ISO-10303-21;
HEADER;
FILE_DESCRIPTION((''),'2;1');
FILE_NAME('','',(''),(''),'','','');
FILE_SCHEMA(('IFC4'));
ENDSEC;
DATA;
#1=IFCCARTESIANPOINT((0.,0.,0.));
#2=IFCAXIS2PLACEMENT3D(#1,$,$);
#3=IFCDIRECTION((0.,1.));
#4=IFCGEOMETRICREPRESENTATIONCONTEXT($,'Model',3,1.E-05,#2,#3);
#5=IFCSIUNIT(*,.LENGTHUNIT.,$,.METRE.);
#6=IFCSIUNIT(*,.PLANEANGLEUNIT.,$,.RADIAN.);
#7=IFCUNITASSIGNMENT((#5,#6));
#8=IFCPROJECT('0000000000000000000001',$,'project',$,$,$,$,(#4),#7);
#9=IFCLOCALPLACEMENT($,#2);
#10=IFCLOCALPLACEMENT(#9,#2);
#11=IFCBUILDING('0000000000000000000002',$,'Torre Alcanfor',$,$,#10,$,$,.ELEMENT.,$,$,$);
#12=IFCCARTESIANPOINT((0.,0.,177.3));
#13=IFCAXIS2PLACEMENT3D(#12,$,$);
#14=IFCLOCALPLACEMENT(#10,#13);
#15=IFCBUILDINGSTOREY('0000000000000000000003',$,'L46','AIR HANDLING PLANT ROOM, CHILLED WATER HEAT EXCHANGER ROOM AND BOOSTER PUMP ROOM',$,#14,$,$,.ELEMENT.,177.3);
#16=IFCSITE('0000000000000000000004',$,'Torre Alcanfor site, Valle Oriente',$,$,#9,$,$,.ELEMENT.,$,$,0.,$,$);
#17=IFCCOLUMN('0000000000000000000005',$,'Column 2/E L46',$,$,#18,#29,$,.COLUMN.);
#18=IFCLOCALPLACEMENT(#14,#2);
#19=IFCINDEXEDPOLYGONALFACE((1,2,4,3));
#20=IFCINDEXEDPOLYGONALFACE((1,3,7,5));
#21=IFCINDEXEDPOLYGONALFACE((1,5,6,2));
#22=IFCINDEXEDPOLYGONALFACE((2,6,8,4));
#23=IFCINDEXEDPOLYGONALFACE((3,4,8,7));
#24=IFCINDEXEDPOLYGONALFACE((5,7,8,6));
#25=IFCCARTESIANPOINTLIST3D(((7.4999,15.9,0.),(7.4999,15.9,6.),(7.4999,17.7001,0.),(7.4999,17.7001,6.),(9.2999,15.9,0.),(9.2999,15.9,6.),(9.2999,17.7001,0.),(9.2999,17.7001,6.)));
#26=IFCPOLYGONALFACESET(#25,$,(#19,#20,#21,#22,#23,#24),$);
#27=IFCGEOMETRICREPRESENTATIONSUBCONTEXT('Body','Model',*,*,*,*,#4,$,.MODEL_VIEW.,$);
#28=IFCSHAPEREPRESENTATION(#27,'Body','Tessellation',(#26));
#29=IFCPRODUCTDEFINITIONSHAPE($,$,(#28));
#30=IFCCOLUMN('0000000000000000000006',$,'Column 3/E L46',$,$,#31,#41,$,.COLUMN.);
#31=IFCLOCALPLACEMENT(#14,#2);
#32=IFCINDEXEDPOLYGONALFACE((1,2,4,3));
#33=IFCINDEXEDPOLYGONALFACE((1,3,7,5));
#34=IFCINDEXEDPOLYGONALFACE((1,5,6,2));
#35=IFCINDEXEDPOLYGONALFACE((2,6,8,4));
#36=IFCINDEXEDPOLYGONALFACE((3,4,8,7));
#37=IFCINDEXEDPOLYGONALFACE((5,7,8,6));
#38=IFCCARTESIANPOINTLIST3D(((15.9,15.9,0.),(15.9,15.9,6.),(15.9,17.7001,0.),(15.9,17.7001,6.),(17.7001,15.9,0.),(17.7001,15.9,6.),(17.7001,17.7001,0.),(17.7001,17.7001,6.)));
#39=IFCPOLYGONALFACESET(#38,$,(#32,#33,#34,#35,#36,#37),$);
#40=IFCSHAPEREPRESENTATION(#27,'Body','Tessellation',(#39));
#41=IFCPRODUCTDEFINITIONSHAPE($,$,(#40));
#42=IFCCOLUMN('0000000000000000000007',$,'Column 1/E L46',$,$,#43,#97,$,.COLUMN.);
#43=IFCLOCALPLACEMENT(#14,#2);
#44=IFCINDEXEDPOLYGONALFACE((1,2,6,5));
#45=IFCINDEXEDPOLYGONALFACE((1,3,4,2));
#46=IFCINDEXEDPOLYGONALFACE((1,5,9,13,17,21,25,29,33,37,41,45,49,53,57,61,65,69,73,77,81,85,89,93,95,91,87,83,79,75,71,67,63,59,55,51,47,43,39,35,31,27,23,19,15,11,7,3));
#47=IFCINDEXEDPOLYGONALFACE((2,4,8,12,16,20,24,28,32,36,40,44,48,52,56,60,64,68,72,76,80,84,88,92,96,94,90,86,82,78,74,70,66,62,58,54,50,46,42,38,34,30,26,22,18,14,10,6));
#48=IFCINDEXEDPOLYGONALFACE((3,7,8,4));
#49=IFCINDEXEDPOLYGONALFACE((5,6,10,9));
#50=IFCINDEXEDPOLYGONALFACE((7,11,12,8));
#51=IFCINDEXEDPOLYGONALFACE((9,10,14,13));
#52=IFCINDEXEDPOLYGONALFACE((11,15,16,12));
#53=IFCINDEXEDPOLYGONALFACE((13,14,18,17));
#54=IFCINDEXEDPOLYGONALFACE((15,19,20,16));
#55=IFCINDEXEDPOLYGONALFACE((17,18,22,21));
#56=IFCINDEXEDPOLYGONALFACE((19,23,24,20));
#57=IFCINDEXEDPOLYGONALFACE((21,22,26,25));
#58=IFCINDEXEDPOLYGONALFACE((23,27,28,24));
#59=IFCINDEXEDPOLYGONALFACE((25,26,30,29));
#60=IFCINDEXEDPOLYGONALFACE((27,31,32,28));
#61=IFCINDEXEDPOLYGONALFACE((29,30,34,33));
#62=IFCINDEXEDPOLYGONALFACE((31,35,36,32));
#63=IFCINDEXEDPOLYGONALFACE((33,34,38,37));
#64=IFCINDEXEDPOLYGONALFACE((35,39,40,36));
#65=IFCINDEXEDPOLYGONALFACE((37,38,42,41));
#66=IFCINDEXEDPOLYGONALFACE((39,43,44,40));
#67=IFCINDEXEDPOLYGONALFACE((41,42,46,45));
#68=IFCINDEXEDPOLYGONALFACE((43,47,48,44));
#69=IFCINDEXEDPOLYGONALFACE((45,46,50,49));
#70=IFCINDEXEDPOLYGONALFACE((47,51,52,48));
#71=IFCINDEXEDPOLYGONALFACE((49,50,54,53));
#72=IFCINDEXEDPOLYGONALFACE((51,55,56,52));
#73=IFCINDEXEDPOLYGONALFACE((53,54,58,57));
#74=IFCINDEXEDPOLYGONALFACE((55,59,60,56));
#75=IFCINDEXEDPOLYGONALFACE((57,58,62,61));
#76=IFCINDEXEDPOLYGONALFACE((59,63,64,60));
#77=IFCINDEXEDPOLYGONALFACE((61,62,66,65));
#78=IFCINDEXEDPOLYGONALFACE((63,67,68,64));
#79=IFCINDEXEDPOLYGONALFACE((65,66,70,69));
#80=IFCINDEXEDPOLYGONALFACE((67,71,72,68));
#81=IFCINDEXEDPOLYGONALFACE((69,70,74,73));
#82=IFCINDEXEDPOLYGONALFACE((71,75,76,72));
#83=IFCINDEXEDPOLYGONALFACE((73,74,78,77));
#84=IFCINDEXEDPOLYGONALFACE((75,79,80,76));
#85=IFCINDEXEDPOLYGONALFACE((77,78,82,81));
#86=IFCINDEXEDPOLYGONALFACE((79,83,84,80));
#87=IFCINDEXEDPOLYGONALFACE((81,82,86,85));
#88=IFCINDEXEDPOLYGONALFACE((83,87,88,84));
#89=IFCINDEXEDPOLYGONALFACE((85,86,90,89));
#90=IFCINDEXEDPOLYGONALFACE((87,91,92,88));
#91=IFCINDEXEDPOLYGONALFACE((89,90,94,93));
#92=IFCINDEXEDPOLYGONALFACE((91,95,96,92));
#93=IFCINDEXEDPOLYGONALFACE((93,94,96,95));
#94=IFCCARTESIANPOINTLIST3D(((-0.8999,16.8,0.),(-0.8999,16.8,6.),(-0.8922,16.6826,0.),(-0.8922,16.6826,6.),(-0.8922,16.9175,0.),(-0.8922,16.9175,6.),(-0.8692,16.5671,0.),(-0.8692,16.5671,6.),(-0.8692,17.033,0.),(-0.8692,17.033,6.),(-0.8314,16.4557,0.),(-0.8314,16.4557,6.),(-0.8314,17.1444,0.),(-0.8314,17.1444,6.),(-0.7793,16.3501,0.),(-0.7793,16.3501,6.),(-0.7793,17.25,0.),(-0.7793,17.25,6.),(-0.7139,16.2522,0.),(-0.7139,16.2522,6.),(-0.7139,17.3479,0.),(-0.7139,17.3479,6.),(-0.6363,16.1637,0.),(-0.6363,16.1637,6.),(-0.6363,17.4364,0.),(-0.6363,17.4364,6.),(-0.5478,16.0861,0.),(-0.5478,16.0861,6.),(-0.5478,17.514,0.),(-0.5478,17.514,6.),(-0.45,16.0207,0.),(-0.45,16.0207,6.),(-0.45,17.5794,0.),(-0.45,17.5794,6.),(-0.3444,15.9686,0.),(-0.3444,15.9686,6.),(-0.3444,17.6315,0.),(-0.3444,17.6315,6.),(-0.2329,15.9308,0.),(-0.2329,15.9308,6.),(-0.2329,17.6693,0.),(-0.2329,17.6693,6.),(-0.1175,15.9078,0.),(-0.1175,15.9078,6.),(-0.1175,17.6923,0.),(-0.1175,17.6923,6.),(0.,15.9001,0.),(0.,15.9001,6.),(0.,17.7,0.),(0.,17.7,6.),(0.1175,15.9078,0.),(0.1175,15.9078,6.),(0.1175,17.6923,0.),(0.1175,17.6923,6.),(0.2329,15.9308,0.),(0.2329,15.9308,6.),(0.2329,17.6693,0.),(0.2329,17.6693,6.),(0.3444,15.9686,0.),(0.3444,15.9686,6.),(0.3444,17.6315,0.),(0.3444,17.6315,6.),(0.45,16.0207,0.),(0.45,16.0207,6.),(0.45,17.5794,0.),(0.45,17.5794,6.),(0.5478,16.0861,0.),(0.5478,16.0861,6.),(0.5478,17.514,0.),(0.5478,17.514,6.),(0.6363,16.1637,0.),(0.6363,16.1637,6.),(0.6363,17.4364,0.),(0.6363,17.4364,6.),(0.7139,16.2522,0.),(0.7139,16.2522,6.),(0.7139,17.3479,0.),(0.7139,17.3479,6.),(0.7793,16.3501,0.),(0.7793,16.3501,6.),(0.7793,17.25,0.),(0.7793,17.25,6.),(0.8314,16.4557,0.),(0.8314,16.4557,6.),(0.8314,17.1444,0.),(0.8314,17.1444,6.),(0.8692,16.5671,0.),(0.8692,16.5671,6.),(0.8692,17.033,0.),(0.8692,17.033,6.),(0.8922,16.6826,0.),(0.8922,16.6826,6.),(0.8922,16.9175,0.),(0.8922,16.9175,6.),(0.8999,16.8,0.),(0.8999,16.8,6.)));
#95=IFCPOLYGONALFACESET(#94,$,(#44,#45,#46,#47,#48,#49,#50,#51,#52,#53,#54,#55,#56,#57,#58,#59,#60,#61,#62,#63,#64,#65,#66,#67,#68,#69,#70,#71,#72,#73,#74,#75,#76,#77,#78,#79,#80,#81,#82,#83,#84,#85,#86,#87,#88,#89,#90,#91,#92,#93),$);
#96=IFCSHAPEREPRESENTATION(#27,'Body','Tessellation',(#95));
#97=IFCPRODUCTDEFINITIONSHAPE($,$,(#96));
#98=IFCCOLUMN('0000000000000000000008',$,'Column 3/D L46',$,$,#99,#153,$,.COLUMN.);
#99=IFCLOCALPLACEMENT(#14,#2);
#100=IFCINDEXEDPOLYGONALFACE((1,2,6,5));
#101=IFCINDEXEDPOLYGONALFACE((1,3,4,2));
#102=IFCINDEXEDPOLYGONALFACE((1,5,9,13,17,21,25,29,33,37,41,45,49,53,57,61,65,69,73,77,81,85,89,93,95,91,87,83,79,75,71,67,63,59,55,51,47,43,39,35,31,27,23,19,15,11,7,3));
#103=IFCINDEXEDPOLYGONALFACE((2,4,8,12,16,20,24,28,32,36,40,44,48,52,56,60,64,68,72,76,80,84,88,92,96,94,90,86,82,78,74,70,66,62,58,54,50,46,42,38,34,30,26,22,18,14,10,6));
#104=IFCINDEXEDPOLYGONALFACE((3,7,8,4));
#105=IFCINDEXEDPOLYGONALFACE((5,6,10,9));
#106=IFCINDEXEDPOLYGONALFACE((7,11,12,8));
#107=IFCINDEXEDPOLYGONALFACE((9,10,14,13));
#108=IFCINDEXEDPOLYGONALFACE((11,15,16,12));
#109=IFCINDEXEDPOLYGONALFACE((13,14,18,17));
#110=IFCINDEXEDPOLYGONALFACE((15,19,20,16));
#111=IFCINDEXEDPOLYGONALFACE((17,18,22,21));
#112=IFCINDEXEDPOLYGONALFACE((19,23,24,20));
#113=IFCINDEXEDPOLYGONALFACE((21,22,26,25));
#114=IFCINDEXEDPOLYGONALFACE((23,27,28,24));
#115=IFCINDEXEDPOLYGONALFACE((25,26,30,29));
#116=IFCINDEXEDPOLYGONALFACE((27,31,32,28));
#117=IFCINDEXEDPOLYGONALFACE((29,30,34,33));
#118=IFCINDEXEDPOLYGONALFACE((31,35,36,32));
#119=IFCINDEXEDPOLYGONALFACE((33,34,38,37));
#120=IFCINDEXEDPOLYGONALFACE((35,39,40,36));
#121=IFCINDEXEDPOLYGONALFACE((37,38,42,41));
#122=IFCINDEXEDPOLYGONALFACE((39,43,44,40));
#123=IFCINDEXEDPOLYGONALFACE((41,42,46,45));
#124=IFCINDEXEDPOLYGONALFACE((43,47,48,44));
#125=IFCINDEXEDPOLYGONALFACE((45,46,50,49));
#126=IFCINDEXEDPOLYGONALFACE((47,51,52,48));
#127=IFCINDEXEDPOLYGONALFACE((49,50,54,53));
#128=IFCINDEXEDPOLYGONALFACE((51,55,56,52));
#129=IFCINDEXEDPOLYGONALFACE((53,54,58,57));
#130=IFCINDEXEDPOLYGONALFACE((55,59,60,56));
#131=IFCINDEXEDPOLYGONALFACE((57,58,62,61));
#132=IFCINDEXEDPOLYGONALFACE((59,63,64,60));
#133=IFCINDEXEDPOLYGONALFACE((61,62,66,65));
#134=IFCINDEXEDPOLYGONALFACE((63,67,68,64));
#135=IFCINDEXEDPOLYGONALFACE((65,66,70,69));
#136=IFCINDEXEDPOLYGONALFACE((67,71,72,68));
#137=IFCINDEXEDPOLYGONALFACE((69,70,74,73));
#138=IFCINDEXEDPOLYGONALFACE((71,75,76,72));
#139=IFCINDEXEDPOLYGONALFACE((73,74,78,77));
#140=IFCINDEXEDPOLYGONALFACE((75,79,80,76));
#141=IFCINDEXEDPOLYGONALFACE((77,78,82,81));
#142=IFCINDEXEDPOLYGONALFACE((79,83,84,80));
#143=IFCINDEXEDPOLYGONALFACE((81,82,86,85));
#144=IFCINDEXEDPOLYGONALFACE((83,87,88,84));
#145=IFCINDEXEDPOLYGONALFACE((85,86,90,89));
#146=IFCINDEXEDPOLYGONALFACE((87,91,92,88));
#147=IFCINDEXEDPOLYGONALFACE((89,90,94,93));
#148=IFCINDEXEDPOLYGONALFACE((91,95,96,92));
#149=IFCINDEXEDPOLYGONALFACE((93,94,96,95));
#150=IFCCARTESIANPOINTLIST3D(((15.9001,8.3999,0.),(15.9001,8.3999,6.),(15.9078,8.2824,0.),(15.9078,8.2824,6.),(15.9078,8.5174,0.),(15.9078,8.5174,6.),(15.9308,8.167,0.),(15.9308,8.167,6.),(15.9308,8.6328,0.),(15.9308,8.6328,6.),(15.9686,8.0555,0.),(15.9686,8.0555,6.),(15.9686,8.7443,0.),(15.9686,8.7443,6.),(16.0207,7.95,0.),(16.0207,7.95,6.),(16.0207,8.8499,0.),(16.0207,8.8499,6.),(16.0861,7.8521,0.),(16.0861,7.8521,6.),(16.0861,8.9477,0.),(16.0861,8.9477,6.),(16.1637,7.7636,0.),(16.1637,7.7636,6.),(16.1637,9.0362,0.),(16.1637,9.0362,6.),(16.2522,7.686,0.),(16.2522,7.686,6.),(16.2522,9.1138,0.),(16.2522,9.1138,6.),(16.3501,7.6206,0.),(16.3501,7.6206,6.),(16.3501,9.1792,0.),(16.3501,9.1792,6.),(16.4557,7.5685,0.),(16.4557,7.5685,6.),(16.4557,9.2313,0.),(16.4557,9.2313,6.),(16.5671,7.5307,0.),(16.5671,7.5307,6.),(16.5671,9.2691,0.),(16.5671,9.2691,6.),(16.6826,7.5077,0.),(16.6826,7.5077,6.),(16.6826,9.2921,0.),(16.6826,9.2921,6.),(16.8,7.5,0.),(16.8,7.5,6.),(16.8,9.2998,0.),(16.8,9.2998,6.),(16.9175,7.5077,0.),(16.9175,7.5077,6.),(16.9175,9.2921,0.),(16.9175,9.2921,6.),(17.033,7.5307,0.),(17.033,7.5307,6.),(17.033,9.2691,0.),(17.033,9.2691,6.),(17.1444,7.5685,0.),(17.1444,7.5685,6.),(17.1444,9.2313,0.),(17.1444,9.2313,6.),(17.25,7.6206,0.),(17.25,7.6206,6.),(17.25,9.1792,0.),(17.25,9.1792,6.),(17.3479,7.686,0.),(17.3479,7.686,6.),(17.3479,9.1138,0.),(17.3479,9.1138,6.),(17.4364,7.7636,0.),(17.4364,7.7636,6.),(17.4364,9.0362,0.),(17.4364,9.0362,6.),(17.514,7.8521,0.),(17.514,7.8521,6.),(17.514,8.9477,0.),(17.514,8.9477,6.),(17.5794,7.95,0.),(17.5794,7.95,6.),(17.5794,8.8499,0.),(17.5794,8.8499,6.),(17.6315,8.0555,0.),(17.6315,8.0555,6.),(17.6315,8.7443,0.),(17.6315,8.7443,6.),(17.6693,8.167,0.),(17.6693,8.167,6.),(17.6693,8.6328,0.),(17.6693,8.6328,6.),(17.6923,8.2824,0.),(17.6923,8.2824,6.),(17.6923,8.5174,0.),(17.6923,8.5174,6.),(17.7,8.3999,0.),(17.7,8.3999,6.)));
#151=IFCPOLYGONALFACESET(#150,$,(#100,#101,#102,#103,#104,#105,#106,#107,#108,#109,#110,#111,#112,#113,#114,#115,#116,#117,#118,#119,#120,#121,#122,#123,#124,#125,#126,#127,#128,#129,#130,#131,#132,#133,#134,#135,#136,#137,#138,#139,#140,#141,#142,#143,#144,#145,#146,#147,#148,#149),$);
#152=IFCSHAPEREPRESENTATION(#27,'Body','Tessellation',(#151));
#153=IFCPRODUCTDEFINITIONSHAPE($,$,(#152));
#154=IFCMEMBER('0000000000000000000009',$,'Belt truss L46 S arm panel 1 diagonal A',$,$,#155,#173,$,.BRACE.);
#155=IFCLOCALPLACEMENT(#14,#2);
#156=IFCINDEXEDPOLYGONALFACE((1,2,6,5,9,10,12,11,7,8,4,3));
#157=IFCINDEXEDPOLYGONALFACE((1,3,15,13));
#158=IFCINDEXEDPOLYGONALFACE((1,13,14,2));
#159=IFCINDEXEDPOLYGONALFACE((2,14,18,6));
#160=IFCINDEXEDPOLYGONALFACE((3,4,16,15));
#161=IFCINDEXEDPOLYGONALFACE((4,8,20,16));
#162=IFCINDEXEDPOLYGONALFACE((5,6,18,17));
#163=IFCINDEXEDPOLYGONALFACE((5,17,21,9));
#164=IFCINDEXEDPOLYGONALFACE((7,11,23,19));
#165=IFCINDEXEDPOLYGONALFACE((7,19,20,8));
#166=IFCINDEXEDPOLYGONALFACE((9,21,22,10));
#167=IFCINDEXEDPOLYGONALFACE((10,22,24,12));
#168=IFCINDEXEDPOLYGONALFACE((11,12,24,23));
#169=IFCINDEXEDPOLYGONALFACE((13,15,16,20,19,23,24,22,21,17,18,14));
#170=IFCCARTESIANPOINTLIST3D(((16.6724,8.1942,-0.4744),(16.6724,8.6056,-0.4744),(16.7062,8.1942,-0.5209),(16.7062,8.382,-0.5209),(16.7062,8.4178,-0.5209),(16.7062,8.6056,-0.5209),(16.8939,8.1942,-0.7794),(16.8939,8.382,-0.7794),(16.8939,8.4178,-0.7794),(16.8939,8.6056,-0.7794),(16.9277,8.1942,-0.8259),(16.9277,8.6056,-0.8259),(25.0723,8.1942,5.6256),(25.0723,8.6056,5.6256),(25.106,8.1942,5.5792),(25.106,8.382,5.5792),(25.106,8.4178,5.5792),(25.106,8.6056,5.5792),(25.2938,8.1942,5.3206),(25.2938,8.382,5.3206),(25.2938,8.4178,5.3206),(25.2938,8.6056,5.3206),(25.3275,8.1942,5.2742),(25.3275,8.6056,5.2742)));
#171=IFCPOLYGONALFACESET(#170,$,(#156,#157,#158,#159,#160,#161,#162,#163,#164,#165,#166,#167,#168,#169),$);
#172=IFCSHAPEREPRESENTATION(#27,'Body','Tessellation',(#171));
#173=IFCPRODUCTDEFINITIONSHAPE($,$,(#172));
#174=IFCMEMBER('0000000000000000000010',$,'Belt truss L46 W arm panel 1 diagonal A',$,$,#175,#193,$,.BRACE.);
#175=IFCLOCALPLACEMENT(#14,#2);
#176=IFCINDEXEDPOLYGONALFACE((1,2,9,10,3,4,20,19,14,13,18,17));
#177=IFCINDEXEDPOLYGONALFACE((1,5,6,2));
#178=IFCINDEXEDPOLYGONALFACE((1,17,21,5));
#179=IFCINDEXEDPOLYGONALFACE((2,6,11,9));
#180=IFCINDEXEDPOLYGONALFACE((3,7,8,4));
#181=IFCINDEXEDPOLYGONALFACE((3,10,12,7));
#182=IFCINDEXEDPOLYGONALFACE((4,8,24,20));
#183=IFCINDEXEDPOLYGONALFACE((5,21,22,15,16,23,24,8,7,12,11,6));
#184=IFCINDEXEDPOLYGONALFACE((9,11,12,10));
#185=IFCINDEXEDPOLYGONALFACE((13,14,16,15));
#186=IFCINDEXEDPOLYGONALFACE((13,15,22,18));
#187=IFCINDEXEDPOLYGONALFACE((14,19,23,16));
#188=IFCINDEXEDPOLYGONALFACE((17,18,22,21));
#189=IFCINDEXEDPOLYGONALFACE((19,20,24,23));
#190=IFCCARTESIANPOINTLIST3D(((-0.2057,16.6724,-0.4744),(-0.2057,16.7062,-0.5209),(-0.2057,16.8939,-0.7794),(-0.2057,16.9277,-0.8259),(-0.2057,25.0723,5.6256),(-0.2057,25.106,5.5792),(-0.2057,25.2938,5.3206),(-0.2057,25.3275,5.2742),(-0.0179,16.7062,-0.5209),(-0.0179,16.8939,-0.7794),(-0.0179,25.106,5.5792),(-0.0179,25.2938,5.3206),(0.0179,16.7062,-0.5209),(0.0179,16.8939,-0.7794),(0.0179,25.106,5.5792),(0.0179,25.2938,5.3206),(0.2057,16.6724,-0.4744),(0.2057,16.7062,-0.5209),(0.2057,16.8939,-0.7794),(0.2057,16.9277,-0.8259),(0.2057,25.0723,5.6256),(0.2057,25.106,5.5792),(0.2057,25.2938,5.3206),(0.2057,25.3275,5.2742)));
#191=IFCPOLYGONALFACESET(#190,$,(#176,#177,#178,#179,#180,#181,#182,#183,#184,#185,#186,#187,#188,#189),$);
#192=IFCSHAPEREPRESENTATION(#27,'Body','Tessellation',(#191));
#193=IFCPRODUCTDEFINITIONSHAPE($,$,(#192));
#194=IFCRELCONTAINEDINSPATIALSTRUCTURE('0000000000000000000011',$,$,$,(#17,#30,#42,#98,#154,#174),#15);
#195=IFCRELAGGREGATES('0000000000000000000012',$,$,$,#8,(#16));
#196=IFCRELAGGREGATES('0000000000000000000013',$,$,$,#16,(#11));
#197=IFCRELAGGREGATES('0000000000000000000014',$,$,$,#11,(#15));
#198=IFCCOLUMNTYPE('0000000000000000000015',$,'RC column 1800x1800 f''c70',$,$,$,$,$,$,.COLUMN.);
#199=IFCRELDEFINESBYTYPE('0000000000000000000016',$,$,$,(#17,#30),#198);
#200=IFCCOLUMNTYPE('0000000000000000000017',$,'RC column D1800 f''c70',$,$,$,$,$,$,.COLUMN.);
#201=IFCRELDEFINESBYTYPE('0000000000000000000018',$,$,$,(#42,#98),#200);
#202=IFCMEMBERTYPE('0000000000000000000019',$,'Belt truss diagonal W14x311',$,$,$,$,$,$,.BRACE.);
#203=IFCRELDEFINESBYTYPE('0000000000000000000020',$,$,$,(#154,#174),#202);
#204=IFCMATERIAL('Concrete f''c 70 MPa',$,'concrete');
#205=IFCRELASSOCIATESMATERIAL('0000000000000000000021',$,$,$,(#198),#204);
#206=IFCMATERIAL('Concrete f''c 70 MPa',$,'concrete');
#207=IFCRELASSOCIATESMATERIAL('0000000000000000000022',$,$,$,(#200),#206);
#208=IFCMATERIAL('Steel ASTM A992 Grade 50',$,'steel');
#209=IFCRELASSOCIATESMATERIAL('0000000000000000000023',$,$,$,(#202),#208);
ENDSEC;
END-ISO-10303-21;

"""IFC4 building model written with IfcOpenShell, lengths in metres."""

from ifc_helpers import new_model, si_unit, direction, frame, origin, origin_2d, place, context, subcontext, project, spatial, rectangle, circle, i_section, extrude, material, material_profile, profile_set, type_object, element, save


model = new_model("IFC4")

# Units and contexts
model_context = context("Model", 3, precision=1e-05, world=origin(), true_north=direction((0.0, 1.0)))
body_context = subcontext(model_context, "Body", "Model", "MODEL_VIEW")
ifc_project = project(units=[si_unit("LENGTHUNIT", "METRE"), si_unit("PLANEANGLEUNIT", "RADIAN")], contexts=[model_context])

# Site, building, storey
site_placement = place(None, origin())
site = spatial("IfcSite", under=ifc_project, at=site_placement, Name="Torre Alcanfor site, Valle Oriente", CompositionType="ELEMENT", RefElevation=0.0)
building_placement = place(site_placement, origin())
building = spatial("IfcBuilding", under=site, at=building_placement, Name="Torre Alcanfor", CompositionType="ELEMENT")
storey_placement = place(building_placement, frame((0.0, 0.0, 177.3)))
storey = spatial("IfcBuildingStorey", under=building, at=storey_placement, Name="L46", Description="AIR HANDLING PLANT ROOM, CHILLED WATER HEAT EXCHANGER ROOM AND BOOSTER PUMP ROOM", CompositionType="ELEMENT", Elevation=177.3)

# Columns
ifc_material_1 = material(Name="Concrete f'c 70 MPa", Category="concrete")
ifc_material_profile_1 = material_profile(ifc_material_1, rectangle(XDim=1.8, YDim=1.8, at=origin_2d()), Name="1800x1800")
ifc_profile_set_1 = profile_set([ifc_material_profile_1], Name="Concrete f'c 70 MPa")
column_type_1 = type_object("IfcColumnType", Name="RC column 1800x1800 f'c70", PredefinedType="COLUMN", material=ifc_profile_set_1)
for number, where, z_axis, x_axis, name in (
    (1, (8.3999, 16.8, 0.0), (0.0, 0.0, 1.0), (1.0, 0.0, 0.0), "Column 2/E L46"),
    (2, (16.8, 16.8, 0.0), (0.0, 0.0, 1.0), (1.0, 0.0, 0.0), "Column 3/E L46"),
):
    element("IfcColumn", number, at=place(storey_placement, frame(where, z_axis=z_axis, x_axis=x_axis)), inside=storey, type_object=column_type_1, Name=name, PredefinedType="COLUMN", context=body_context, shape_type="SweptSolid", body=[
        extrude(rectangle(XDim=1.8, YDim=1.8, at=origin_2d()), origin(), (0.0, 0.0, 1.0), 6.0),
    ])
ifc_material_2 = material(Name="Concrete f'c 70 MPa", Category="concrete")
ifc_material_profile_2 = material_profile(ifc_material_2, circle(Radius=0.8999, at=origin_2d()), Name="D1800")
ifc_profile_set_2 = profile_set([ifc_material_profile_2], Name="Concrete f'c 70 MPa")
column_type_2 = type_object("IfcColumnType", Name="RC column D1800 f'c70", PredefinedType="COLUMN", material=ifc_profile_set_2)
for number, where, z_axis, x_axis, name in (
    (3, (0.0, 16.8, 0.0), (0.0, 0.0, 1.0), (1.0, 0.0, 0.0), "Column 1/E L46"),
    (4, (16.8, 8.3999, 0.0), (0.0, 0.0, 1.0), (1.0, 0.0, 0.0), "Column 3/D L46"),
):
    element("IfcColumn", number, at=place(storey_placement, frame(where, z_axis=z_axis, x_axis=x_axis)), inside=storey, type_object=column_type_2, Name=name, PredefinedType="COLUMN", context=body_context, shape_type="SweptSolid", body=[
        extrude(circle(Radius=0.8999, at=origin_2d()), origin(), (0.0, 0.0, 1.0), 6.0),
    ])

# Members
ifc_material_3 = material(Name="Steel ASTM A992 Grade 50", Category="steel")
ifc_material_profile_3 = material_profile(ifc_material_3, i_section(OverallWidth=0.4114, OverallDepth=0.4343, WebThickness=0.0359, FlangeThickness=0.0574, at=origin_2d()), Name="W14x311")
ifc_profile_set_3 = profile_set([ifc_material_profile_3], Name="Steel ASTM A992 Grade 50")
member_type = type_object("IfcMemberType", Name="Belt truss diagonal W14x311", PredefinedType="BRACE", material=ifc_profile_set_3)
for number, where, z_axis, x_axis, name in (
    (5, (16.8, 8.3999, -0.6501), (0.809145, 0.0, 0.587609), (0.0, 1.0, 0.0), "Belt truss L46 S arm panel 1 diagonal A"),
    (6, (0.0, 16.8, -0.6501), (0.0, 0.809145, 0.587609), (-1.0, 0.0, 0.0), "Belt truss L46 W arm panel 1 diagonal A"),
):
    element("IfcMember", number, at=place(storey_placement, frame(where, z_axis=z_axis, x_axis=x_axis)), inside=storey, type_object=member_type, Name=name, PredefinedType="BRACE", context=body_context, shape_type="SweptSolid", body=[
        extrude(i_section(OverallWidth=0.4114, OverallDepth=0.4343, WebThickness=0.0359, FlangeThickness=0.0574, at=origin_2d()), origin(), (0.0, 0.0, 1.0), 10.3811),
    ])

save(model, "model.ifc")
